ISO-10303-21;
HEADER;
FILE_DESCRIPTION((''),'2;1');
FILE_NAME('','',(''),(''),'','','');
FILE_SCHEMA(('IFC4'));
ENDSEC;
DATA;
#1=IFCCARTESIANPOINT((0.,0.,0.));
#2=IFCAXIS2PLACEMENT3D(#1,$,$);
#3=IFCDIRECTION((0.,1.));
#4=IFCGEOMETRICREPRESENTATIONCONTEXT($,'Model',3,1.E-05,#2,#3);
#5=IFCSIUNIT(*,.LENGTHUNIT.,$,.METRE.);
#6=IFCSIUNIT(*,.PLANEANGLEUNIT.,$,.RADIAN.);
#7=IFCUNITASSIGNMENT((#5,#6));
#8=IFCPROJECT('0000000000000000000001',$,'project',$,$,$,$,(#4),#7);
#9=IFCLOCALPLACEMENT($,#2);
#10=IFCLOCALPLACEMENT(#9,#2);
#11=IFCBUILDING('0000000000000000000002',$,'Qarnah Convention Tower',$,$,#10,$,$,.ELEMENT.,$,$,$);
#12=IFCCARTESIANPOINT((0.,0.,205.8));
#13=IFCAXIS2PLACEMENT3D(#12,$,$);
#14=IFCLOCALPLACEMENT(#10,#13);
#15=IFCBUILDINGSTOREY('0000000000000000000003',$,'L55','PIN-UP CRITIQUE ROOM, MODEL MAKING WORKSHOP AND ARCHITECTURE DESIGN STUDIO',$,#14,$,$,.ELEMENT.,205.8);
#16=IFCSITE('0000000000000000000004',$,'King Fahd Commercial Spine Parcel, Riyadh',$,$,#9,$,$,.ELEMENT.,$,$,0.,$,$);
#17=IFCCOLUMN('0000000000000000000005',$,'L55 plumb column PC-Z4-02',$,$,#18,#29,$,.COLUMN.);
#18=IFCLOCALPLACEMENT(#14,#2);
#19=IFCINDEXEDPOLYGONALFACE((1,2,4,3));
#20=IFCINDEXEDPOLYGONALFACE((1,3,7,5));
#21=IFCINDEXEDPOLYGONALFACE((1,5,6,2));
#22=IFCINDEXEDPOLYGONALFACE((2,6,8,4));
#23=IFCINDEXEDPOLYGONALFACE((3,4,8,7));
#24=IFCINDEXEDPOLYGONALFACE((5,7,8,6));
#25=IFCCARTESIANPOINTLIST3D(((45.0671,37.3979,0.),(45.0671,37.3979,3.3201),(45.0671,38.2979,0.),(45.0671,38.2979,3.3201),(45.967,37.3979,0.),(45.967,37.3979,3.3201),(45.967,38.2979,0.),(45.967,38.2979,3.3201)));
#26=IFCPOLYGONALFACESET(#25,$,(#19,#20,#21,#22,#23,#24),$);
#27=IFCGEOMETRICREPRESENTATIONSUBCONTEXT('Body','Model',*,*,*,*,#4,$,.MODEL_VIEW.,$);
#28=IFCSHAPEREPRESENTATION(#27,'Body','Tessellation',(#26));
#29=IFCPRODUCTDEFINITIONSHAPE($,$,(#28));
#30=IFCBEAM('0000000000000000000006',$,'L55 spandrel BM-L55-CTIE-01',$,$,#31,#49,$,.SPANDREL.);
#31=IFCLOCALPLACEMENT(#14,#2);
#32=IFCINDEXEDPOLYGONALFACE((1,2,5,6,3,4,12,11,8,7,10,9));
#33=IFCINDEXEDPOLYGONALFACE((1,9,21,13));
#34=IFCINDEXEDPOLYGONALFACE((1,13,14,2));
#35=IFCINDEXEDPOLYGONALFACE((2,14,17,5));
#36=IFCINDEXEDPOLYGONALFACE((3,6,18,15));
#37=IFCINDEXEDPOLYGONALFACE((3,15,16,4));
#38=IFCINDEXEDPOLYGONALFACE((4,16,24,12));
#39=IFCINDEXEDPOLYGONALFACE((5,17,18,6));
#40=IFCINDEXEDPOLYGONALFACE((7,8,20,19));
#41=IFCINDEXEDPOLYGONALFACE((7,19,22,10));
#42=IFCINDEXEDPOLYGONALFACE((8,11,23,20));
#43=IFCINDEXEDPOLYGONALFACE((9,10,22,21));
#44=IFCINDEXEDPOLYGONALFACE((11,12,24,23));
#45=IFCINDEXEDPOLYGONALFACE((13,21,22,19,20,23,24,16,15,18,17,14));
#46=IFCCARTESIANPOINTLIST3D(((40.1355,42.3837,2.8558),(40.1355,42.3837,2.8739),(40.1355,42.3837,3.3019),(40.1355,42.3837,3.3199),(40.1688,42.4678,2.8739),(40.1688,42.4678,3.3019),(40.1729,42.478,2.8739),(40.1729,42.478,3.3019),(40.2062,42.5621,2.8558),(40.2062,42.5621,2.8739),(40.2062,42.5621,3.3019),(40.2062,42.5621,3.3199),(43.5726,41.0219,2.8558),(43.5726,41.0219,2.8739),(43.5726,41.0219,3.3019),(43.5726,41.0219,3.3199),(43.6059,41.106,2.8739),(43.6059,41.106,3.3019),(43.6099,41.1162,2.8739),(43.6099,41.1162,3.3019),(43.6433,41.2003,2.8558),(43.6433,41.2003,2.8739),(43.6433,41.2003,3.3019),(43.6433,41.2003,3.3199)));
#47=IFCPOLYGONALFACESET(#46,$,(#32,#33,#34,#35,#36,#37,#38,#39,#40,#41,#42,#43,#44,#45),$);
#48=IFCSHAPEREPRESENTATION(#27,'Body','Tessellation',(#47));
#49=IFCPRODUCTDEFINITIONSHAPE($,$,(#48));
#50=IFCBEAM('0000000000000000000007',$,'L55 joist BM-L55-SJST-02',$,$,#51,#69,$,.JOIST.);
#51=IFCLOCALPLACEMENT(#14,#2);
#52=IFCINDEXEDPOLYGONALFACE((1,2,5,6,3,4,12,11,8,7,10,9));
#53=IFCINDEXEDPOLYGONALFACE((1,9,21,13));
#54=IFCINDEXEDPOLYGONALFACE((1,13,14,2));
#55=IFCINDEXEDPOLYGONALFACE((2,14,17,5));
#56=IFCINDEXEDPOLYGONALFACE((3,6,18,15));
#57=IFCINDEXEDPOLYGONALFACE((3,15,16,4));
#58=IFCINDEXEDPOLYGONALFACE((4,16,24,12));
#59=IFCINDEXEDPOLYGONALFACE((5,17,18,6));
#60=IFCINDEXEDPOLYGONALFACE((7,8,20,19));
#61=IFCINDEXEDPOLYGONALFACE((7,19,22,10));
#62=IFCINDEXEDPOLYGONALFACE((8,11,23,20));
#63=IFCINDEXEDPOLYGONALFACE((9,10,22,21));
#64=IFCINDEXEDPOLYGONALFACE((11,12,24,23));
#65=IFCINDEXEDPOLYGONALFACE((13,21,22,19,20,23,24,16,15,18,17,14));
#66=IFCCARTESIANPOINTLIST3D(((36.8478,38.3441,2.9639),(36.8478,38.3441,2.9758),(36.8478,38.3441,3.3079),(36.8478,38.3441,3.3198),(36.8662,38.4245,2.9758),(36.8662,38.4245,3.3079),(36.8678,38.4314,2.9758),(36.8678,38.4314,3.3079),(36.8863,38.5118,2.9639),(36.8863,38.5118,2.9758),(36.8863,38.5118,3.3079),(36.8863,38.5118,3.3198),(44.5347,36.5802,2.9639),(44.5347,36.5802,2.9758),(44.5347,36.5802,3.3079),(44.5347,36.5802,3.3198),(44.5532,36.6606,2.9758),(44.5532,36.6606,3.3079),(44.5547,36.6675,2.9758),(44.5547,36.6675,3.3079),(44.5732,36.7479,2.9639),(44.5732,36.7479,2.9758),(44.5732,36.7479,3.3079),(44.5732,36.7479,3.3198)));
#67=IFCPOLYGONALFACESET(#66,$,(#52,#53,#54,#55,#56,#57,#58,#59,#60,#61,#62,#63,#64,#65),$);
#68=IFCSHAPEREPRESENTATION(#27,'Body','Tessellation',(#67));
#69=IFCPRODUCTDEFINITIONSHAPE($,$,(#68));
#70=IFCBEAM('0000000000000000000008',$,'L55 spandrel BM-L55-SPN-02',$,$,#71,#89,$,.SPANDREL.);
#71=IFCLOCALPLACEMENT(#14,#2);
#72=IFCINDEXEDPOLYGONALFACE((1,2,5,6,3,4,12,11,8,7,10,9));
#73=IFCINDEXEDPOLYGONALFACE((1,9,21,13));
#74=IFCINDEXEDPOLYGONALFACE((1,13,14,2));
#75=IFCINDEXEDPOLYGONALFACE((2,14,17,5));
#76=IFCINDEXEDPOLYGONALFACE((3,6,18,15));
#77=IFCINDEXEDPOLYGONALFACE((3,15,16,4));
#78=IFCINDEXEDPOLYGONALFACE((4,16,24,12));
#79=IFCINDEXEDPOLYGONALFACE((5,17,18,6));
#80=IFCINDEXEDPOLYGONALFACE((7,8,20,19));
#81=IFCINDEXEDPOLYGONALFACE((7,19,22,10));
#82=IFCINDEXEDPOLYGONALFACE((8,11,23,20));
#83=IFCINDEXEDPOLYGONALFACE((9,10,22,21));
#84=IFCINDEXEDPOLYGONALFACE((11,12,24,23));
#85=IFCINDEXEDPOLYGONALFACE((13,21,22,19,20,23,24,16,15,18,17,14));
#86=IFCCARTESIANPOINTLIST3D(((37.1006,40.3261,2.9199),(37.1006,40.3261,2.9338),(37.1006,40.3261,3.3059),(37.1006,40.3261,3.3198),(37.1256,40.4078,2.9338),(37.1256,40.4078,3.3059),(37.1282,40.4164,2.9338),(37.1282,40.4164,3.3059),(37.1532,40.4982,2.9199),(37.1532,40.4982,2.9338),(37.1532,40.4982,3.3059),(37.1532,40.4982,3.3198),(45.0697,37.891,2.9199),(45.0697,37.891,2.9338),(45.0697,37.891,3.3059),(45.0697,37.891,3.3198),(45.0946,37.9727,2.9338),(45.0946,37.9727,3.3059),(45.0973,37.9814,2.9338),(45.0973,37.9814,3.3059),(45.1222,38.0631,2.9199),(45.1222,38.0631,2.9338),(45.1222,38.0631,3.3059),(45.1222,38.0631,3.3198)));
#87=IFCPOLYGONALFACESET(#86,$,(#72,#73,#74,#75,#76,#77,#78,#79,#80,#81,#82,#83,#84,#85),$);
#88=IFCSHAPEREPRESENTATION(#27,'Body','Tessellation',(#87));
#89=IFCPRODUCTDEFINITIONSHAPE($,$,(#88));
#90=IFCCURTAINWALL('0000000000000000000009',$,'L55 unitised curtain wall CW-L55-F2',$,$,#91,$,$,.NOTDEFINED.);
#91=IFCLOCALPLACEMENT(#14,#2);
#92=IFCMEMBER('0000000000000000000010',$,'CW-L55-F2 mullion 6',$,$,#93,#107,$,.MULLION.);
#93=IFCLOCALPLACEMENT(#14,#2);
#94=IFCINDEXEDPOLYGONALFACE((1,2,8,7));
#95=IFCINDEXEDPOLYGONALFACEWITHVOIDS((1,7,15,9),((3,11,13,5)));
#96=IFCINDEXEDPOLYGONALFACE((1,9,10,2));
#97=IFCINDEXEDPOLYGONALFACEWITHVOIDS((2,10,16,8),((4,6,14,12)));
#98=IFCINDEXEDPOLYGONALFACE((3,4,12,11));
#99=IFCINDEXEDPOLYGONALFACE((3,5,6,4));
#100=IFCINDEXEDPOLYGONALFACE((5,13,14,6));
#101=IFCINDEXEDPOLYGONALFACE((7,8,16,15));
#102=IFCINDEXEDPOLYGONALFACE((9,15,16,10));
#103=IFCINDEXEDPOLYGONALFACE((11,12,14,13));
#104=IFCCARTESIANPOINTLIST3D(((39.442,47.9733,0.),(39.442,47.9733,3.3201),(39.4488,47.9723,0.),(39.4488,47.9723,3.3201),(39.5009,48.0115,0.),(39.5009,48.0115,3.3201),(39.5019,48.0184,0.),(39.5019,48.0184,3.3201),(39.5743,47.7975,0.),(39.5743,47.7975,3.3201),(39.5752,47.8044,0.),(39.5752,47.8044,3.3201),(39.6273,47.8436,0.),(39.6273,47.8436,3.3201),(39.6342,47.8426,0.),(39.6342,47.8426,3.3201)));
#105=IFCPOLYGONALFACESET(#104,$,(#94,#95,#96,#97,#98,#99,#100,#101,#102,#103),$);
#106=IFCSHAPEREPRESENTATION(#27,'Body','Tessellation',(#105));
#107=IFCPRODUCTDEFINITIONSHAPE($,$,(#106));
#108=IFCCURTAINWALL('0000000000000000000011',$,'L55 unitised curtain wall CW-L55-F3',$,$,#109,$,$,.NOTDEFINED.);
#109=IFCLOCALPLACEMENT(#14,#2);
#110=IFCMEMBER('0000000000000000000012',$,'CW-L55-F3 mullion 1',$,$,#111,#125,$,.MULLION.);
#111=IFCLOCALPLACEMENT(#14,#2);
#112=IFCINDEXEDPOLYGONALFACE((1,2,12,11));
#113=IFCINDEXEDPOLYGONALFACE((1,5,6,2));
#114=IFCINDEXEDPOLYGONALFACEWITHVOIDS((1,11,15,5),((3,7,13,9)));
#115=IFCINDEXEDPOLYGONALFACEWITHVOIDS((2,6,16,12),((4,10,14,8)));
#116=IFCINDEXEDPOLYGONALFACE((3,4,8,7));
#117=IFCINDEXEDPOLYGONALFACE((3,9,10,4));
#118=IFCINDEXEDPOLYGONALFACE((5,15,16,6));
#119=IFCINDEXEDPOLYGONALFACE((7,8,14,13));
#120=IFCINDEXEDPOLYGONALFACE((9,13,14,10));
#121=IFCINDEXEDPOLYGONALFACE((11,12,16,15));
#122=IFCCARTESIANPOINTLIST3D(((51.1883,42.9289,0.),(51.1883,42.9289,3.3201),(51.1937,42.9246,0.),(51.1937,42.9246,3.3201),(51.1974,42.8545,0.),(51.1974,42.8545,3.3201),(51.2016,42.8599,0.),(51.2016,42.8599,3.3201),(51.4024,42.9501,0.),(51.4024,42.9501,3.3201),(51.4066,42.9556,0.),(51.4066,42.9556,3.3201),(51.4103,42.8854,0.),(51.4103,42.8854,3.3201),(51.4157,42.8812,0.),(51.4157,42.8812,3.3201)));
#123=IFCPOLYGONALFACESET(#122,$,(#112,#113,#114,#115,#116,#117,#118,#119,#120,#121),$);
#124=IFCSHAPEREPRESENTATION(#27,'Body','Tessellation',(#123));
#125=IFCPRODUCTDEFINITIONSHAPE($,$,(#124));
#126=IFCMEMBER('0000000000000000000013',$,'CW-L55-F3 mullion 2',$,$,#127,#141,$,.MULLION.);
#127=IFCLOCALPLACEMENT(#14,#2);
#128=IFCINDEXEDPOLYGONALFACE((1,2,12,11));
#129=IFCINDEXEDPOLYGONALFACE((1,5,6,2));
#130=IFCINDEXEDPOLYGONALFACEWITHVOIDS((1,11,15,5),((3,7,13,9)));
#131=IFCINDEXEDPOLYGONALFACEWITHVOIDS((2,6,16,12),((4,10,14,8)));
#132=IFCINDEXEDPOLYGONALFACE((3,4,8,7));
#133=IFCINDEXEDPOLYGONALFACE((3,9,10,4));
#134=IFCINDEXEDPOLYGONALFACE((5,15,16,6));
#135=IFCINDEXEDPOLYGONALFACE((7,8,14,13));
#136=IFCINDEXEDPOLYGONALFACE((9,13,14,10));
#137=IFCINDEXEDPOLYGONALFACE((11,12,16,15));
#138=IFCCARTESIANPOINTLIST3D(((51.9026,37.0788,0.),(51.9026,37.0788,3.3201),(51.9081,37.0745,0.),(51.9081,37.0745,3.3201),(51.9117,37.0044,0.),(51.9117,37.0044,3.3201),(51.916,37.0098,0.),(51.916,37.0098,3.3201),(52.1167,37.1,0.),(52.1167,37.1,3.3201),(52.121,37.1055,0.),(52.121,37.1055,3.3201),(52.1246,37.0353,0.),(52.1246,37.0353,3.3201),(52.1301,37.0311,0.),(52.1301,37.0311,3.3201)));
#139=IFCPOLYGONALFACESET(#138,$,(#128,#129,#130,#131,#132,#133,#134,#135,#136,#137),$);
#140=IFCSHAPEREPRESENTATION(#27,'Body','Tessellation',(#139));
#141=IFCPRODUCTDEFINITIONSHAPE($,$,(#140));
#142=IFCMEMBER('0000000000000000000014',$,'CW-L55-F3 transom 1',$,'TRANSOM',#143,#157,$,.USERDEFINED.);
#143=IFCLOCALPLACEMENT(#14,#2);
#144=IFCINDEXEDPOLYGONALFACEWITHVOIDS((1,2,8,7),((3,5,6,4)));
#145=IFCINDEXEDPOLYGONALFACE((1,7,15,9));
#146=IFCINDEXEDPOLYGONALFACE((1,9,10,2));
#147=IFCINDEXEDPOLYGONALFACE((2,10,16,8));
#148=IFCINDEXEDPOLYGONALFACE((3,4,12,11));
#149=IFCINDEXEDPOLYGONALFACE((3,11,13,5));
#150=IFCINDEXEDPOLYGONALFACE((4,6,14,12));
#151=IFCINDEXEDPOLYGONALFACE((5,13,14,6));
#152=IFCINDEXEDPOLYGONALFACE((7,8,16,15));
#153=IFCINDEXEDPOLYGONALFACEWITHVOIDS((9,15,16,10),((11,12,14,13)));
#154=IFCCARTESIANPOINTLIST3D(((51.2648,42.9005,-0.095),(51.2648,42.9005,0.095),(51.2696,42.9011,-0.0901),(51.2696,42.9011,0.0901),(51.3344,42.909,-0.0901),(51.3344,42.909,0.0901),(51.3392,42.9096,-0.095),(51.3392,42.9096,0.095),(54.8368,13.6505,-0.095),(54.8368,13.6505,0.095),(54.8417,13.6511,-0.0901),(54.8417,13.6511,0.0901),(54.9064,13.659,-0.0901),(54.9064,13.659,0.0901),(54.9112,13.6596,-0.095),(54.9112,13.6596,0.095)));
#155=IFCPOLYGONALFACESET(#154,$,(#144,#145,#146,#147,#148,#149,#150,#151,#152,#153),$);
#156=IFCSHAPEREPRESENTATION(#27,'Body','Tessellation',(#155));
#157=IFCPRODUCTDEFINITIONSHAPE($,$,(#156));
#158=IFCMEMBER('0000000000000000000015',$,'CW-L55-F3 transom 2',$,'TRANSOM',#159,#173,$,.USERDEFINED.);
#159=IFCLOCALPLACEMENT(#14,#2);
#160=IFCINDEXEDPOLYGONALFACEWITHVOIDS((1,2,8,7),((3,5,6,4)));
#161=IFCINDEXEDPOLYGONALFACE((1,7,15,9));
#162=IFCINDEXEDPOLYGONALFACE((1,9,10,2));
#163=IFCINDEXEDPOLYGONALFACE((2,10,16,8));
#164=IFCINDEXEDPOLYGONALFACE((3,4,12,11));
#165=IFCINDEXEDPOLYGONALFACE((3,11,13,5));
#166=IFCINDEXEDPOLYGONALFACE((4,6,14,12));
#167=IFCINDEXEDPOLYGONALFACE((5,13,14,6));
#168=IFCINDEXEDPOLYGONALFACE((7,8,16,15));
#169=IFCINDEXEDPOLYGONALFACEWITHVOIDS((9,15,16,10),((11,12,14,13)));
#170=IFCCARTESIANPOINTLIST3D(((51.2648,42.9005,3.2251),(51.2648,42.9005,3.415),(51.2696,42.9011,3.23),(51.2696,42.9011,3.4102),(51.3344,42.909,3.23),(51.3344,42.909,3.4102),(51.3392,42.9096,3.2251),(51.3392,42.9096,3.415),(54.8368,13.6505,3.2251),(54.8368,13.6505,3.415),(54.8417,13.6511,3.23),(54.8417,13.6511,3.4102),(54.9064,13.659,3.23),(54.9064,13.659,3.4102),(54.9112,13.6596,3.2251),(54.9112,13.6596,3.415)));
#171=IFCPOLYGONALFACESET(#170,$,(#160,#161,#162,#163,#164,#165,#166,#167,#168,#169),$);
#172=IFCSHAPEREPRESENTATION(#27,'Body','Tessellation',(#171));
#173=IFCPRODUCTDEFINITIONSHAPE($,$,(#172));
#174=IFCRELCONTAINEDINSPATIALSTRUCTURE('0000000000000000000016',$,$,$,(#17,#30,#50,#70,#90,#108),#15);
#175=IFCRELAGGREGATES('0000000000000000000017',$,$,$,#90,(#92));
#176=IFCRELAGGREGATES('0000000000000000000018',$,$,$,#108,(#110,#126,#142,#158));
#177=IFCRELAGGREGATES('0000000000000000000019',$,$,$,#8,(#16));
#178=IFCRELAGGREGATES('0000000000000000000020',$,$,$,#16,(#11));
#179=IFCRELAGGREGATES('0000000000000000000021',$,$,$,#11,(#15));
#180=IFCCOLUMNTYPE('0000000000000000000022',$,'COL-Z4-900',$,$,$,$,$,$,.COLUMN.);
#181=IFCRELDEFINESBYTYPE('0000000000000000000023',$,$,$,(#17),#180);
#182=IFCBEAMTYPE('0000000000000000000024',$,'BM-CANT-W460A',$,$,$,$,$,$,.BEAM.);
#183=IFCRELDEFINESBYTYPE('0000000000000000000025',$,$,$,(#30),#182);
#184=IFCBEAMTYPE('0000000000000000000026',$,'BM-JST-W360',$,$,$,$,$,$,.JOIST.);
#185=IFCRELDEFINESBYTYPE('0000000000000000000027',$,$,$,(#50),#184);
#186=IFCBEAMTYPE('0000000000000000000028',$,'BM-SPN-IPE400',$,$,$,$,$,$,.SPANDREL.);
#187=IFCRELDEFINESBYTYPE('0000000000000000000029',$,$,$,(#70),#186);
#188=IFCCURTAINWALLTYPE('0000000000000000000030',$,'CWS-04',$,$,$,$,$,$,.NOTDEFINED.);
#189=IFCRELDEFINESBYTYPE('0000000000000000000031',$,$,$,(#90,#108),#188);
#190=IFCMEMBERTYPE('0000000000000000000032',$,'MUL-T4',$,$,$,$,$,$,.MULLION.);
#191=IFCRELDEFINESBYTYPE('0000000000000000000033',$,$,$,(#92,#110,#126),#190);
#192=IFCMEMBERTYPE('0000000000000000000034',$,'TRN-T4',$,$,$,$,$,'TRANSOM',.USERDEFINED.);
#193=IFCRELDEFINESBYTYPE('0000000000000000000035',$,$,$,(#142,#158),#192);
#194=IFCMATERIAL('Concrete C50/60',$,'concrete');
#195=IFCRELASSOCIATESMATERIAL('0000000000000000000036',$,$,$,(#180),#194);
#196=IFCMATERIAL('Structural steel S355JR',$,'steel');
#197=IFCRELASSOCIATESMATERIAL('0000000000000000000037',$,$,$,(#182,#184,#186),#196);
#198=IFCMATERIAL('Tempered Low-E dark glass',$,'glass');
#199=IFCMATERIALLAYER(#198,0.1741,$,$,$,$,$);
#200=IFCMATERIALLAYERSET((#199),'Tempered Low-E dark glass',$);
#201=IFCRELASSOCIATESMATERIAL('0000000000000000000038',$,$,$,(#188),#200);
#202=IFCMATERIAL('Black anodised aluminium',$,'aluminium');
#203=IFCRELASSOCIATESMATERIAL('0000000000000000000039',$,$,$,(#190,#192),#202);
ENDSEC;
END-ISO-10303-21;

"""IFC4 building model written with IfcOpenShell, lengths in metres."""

from ifc_helpers import new_model, si_unit, direction, frame, origin, origin_2d, place, context, subcontext, project, spatial, rectangle, hollow_rectangle, i_section, extrude, material, layer, layer_set, material_profile, profile_set, type_object, element, aggregate, save


model = new_model("IFC4")

# Units and contexts
model_context = context("Model", 3, precision=1e-05, world=origin(), true_north=direction((0.0, 1.0)))
body_context = subcontext(model_context, "Body", "Model", "MODEL_VIEW")
ifc_project = project(units=[si_unit("LENGTHUNIT", "METRE"), si_unit("PLANEANGLEUNIT", "RADIAN")], contexts=[model_context])

# Site, building, storey
site_placement = place(None, origin())
site = spatial("IfcSite", under=ifc_project, at=site_placement, Name="King Fahd Commercial Spine Parcel, Riyadh", CompositionType="ELEMENT", RefElevation=0.0)
building_placement = place(site_placement, origin())
building = spatial("IfcBuilding", under=site, at=building_placement, Name="Qarnah Convention Tower", CompositionType="ELEMENT")
storey_placement = place(building_placement, frame((0.0, 0.0, 205.8)))
storey = spatial("IfcBuildingStorey", under=building, at=storey_placement, Name="L55", Description="PIN-UP CRITIQUE ROOM, MODEL MAKING WORKSHOP AND ARCHITECTURE DESIGN STUDIO", CompositionType="ELEMENT", Elevation=205.8)

# Column
ifc_material_1 = material(Name="Concrete C50/60", Category="concrete")
ifc_material_profile_1 = material_profile(ifc_material_1, rectangle(XDim=0.8999, YDim=0.8999, at=origin_2d()), Name="RC-COL-900X900")
ifc_profile_set_1 = profile_set([ifc_material_profile_1], Name="Concrete C50/60")
column_type = type_object("IfcColumnType", Name="COL-Z4-900", PredefinedType="COLUMN", material=ifc_profile_set_1)
column_placement = place(storey_placement, frame((45.5171, 37.8479, 0.0), z_axis=(0.0, 0.0, 1.0), x_axis=(1.0, 0.0, 0.0)))
element("IfcColumn", 1, at=column_placement, inside=storey, type_object=column_type, Name="L55 plumb column PC-Z4-02", PredefinedType="COLUMN", context=body_context, shape_type="SweptSolid", body=[
    extrude(rectangle(XDim=0.8999, YDim=0.8999, at=origin_2d()), origin(), (0.0, 0.0, 1.0), 3.3201),
])

# Beams
ifc_material_2 = material(Name="Structural steel S355JR", Category="steel")
ifc_material_profile_2 = material_profile(ifc_material_2, i_section(OverallWidth=0.1919, OverallDepth=0.4641, WebThickness=0.011, FlangeThickness=0.0181, at=origin_2d()), Name="W460X89")
ifc_profile_set_2 = profile_set([ifc_material_profile_2], Name="Structural steel S355JR")
beam_type_1 = type_object("IfcBeamType", Name="BM-CANT-W460A", PredefinedType="BEAM", material=ifc_profile_set_2)
beam_1_placement = place(storey_placement, frame((43.6079, 41.1111, 3.0879), z_axis=(-0.929683, 0.36836, 0.0), x_axis=(-0.36836, -0.929683, 0.0)))
element("IfcBeam", 2, at=beam_1_placement, inside=storey, type_object=beam_type_1, Name="L55 spandrel BM-L55-CTIE-01", PredefinedType="SPANDREL", context=body_context, shape_type="SweptSolid", body=[
    extrude(i_section(OverallWidth=0.1919, OverallDepth=0.4641, WebThickness=0.011, FlangeThickness=0.0181, at=origin_2d()), origin(), (0.0, 0.0, 1.0), 3.697),
])
ifc_material_profile_3 = material_profile(ifc_material_2, i_section(OverallWidth=0.1721, OverallDepth=0.356, WebThickness=0.0071, FlangeThickness=0.012, at=origin_2d()), Name="W360X51")
ifc_profile_set_3 = profile_set([ifc_material_profile_3], Name="Structural steel S355JR")
beam_type_2 = type_object("IfcBeamType", Name="BM-JST-W360", PredefinedType="JOIST", material=ifc_profile_set_3)
beam_2_placement = place(storey_placement, frame((44.554, 36.6641, 3.1418), z_axis=(-0.974669, 0.223654, 0.0), x_axis=(-0.223654, -0.974669, 0.0)))
element("IfcBeam", 3, at=beam_2_placement, inside=storey, type_object=beam_type_2, Name="L55 joist BM-L55-SJST-02", PredefinedType="JOIST", context=body_context, shape_type="SweptSolid", body=[
    extrude(i_section(OverallWidth=0.1721, OverallDepth=0.356, WebThickness=0.0071, FlangeThickness=0.012, at=origin_2d()), origin(), (0.0, 0.0, 1.0), 7.8867),
])
ifc_material_profile_4 = material_profile(ifc_material_2, i_section(OverallWidth=0.1799, OverallDepth=0.3999, WebThickness=0.009, FlangeThickness=0.0139, at=origin_2d()), Name="IPE400")
ifc_profile_set_4 = profile_set([ifc_material_profile_4], Name="Structural steel S355JR")
beam_type_3 = type_object("IfcBeamType", Name="BM-SPN-IPE400", PredefinedType="SPANDREL", material=ifc_profile_set_4)
beam_3_placement = place(storey_placement, frame((45.0959, 37.9771, 3.1199), z_axis=(-0.956349, 0.292228, 0.0), x_axis=(-0.292228, -0.956349, 0.0)))
element("IfcBeam", 4, at=beam_3_placement, inside=storey, type_object=beam_type_3, Name="L55 spandrel BM-L55-SPN-02", PredefinedType="SPANDREL", context=body_context, shape_type="SweptSolid", body=[
    extrude(i_section(OverallWidth=0.1799, OverallDepth=0.3999, WebThickness=0.009, FlangeThickness=0.0139, at=origin_2d()), origin(), (0.0, 0.0, 1.0), 8.3328),
])

# Curtain wall, member
ifc_material_3 = material(Name="Tempered Low-E dark glass", Category="glass")
ifc_layer_1 = layer(ifc_material_3, 0.1741)
ifc_layer_set_1 = layer_set([ifc_layer_1], Name="Tempered Low-E dark glass")
curtain_wall_type = type_object("IfcCurtainWallType", Name="CWS-04", PredefinedType="NOTDEFINED", material=ifc_layer_set_1)
curtain_wall_1_placement = place(storey_placement, origin())
curtain_wall_1 = element("IfcCurtainWall", 5, at=curtain_wall_1_placement, inside=storey, type_object=curtain_wall_type, Name="L55 unitised curtain wall CW-L55-F2", PredefinedType="NOTDEFINED")
ifc_material_4 = material(Name="Black anodised aluminium", Category="aluminium")
ifc_material_profile_5 = material_profile(ifc_material_4, hollow_rectangle(XDim=0.075, YDim=0.22, WallThickness=0.0049, at=origin_2d()), Name="MUL-75X220")
ifc_profile_set_5 = profile_set([ifc_material_profile_5], Name="Black anodised aluminium")
member_type_1 = type_object("IfcMemberType", Name="MUL-T4", PredefinedType="MULLION", material=ifc_profile_set_5)
member_1_placement = place(storey_placement, frame((39.5381, 47.908, 0.0), z_axis=(0.0, 0.0, 1.0), x_axis=(0.799034, 0.601286, 0.0)))
member_1 = element("IfcMember", 6, at=member_1_placement, type_object=member_type_1, Name="CW-L55-F2 mullion 6", PredefinedType="MULLION", context=body_context, shape_type="SweptSolid", body=[
    extrude(hollow_rectangle(XDim=0.075, YDim=0.22, WallThickness=0.0049, at=origin_2d()), origin(), (0.0, 0.0, 1.0), 3.3201),
])
aggregate(curtain_wall_1, [member_1])

# Curtain wall, members
curtain_wall_2_placement = place(storey_placement, origin())
curtain_wall_2 = element("IfcCurtainWall", 7, at=curtain_wall_2_placement, inside=storey, type_object=curtain_wall_type, Name="L55 unitised curtain wall CW-L55-F3", PredefinedType="NOTDEFINED")
member_2_placement = place(storey_placement, frame((51.302, 42.905, 0.0), z_axis=(0.0, 0.0, 1.0), x_axis=(0.121219, -0.992626, 0.0)))
member_2 = element("IfcMember", 8, at=member_2_placement, type_object=member_type_1, Name="CW-L55-F3 mullion 1", PredefinedType="MULLION", context=body_context, shape_type="SweptSolid", body=[
    extrude(hollow_rectangle(XDim=0.075, YDim=0.22, WallThickness=0.0049, at=origin_2d()), origin(), (0.0, 0.0, 1.0), 3.3201),
])
member_3_placement = place(storey_placement, frame((52.0164, 37.0549, 0.0), z_axis=(0.0, 0.0, 1.0), x_axis=(0.121219, -0.992626, 0.0)))
member_3 = element("IfcMember", 9, at=member_3_placement, type_object=member_type_1, Name="CW-L55-F3 mullion 2", PredefinedType="MULLION", context=body_context, shape_type="SweptSolid", body=[
    extrude(hollow_rectangle(XDim=0.075, YDim=0.22, WallThickness=0.0049, at=origin_2d()), origin(), (0.0, 0.0, 1.0), 3.3201),
])
ifc_material_profile_6 = material_profile(ifc_material_4, hollow_rectangle(XDim=0.075, YDim=0.1899, WallThickness=0.0049, at=origin_2d()), Name="TRN-75X190")
ifc_profile_set_6 = profile_set([ifc_material_profile_6], Name="Black anodised aluminium")
member_type_2 = type_object("IfcMemberType", Name="TRN-T4", ElementType="TRANSOM", PredefinedType="USERDEFINED", material=ifc_profile_set_6)
member_4_placement = place(storey_placement, frame((51.302, 42.905, 0.0), z_axis=(0.12122, -0.992626, 0.0), x_axis=(0.992626, 0.12122, 0.0)))
member_4 = element("IfcMember", 10, at=member_4_placement, type_object=member_type_2, Name="CW-L55-F3 transom 1", ObjectType="TRANSOM", PredefinedType="USERDEFINED", context=body_context, shape_type="SweptSolid", body=[
    extrude(hollow_rectangle(XDim=0.075, YDim=0.1899, WallThickness=0.0049, at=origin_2d()), origin(), (0.0, 0.0, 1.0), 29.4673),
])
member_5_placement = place(storey_placement, frame((51.302, 42.905, 3.3201), z_axis=(0.12122, -0.992626, 0.0), x_axis=(0.992626, 0.12122, 0.0)))
member_5 = element("IfcMember", 11, at=member_5_placement, type_object=member_type_2, Name="CW-L55-F3 transom 2", ObjectType="TRANSOM", PredefinedType="USERDEFINED", context=body_context, shape_type="SweptSolid", body=[
    extrude(hollow_rectangle(XDim=0.075, YDim=0.1899, WallThickness=0.0049, at=origin_2d()), origin(), (0.0, 0.0, 1.0), 29.4673),
])
aggregate(curtain_wall_2, [member_2, member_3, member_4, member_5])

save(model, "model.ifc")
